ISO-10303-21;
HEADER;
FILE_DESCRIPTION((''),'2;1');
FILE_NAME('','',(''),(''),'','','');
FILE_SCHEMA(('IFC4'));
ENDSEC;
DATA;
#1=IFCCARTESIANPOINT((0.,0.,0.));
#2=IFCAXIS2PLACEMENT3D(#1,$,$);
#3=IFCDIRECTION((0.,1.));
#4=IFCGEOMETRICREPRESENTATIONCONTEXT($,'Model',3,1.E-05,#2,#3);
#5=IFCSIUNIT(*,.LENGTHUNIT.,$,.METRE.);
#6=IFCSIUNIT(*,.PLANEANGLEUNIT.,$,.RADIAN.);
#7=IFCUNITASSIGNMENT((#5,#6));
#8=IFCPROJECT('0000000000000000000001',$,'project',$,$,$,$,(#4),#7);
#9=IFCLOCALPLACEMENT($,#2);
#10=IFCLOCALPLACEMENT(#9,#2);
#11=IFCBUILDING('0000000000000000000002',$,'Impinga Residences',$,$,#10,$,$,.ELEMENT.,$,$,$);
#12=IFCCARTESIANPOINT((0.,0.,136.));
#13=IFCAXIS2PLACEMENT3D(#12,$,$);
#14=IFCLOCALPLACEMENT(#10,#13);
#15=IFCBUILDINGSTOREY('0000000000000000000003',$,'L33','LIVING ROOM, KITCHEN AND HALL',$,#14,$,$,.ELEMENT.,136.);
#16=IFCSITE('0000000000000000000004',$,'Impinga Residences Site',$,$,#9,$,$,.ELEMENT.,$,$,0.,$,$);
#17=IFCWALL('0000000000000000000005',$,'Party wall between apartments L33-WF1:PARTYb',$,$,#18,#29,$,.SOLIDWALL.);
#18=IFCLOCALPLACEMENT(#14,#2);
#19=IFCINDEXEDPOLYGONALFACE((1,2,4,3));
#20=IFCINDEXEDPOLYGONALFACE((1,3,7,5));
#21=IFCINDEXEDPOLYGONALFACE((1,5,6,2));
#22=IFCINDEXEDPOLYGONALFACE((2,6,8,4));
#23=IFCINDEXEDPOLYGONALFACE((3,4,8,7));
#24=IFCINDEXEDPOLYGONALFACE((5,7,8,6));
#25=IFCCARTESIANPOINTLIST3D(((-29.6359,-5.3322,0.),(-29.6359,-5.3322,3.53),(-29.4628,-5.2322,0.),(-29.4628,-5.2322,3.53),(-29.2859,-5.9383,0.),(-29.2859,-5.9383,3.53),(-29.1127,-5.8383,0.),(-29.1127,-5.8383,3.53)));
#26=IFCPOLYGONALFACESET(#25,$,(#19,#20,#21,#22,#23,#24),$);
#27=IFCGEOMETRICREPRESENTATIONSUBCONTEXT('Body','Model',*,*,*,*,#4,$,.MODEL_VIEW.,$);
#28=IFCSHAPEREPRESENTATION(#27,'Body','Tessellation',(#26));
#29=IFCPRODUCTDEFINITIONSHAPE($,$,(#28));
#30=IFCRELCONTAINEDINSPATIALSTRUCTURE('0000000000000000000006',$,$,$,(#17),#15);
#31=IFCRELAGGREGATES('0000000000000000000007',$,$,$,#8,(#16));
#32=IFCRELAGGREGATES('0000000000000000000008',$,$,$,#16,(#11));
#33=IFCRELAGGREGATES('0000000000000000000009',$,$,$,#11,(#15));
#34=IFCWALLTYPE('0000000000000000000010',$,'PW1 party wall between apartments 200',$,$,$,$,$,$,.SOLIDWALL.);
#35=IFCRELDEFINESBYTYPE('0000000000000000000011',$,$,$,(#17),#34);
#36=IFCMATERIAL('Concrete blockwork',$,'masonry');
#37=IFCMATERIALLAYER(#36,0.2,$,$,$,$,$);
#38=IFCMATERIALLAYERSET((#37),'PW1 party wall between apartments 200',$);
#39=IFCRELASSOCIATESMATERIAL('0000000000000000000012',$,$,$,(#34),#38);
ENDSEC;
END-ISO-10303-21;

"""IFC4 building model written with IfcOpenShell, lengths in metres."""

from ifc_helpers import new_model, si_unit, direction, frame, frame_2d, origin, place, context, subcontext, project, spatial, rectangle, extrude, material, layer, layer_set, type_object, element, save


model = new_model("IFC4")

# Units and contexts
model_context = context("Model", 3, precision=1e-05, world=origin(), true_north=direction((0.0, 1.0)))
body_context = subcontext(model_context, "Body", "Model", "MODEL_VIEW")
ifc_project = project(units=[si_unit("LENGTHUNIT", "METRE"), si_unit("PLANEANGLEUNIT", "RADIAN")], contexts=[model_context])

# Site, building, storey
site_placement = place(None, origin())
site = spatial("IfcSite", under=ifc_project, at=site_placement, Name="Impinga Residences Site", CompositionType="ELEMENT", RefElevation=0.0)
building_placement = place(site_placement, origin())
building = spatial("IfcBuilding", under=site, at=building_placement, Name="Impinga Residences", CompositionType="ELEMENT")
storey_placement = place(building_placement, frame((0.0, 0.0, 136.0)))
storey = spatial("IfcBuildingStorey", under=building, at=storey_placement, Name="L33", Description="LIVING ROOM, KITCHEN AND HALL", CompositionType="ELEMENT", Elevation=136.0)

# Wall
ifc_material_1 = material(Name="Concrete blockwork", Category="masonry")
ifc_layer_1 = layer(ifc_material_1, 0.2)
ifc_layer_set_1 = layer_set([ifc_layer_1], Name="PW1 party wall between apartments 200")
wall_type_1 = type_object("IfcWallType", Name="PW1 party wall between apartments 200", PredefinedType="SOLIDWALL", material=ifc_layer_set_1)
wall_1_placement = place(storey_placement, frame((-29.1992, -5.8884, 0.0), z_axis=(0.0, 0.0, 1.0), x_axis=(-0.500115, 0.865959, 0.0)))
element("IfcWall", 1, at=wall_1_placement, inside=storey, type_object=wall_type_1, Name="Party wall between apartments L33-WF1:PARTYb", PredefinedType="SOLIDWALL", context=body_context, shape_type="SweptSolid", body=[
    extrude(rectangle(XDim=0.7, YDim=0.2, at=frame_2d((0.3501, 0.0))), origin(), (0.0, 0.0, 1.0), 3.53),
])

save(model, "model.ifc")
